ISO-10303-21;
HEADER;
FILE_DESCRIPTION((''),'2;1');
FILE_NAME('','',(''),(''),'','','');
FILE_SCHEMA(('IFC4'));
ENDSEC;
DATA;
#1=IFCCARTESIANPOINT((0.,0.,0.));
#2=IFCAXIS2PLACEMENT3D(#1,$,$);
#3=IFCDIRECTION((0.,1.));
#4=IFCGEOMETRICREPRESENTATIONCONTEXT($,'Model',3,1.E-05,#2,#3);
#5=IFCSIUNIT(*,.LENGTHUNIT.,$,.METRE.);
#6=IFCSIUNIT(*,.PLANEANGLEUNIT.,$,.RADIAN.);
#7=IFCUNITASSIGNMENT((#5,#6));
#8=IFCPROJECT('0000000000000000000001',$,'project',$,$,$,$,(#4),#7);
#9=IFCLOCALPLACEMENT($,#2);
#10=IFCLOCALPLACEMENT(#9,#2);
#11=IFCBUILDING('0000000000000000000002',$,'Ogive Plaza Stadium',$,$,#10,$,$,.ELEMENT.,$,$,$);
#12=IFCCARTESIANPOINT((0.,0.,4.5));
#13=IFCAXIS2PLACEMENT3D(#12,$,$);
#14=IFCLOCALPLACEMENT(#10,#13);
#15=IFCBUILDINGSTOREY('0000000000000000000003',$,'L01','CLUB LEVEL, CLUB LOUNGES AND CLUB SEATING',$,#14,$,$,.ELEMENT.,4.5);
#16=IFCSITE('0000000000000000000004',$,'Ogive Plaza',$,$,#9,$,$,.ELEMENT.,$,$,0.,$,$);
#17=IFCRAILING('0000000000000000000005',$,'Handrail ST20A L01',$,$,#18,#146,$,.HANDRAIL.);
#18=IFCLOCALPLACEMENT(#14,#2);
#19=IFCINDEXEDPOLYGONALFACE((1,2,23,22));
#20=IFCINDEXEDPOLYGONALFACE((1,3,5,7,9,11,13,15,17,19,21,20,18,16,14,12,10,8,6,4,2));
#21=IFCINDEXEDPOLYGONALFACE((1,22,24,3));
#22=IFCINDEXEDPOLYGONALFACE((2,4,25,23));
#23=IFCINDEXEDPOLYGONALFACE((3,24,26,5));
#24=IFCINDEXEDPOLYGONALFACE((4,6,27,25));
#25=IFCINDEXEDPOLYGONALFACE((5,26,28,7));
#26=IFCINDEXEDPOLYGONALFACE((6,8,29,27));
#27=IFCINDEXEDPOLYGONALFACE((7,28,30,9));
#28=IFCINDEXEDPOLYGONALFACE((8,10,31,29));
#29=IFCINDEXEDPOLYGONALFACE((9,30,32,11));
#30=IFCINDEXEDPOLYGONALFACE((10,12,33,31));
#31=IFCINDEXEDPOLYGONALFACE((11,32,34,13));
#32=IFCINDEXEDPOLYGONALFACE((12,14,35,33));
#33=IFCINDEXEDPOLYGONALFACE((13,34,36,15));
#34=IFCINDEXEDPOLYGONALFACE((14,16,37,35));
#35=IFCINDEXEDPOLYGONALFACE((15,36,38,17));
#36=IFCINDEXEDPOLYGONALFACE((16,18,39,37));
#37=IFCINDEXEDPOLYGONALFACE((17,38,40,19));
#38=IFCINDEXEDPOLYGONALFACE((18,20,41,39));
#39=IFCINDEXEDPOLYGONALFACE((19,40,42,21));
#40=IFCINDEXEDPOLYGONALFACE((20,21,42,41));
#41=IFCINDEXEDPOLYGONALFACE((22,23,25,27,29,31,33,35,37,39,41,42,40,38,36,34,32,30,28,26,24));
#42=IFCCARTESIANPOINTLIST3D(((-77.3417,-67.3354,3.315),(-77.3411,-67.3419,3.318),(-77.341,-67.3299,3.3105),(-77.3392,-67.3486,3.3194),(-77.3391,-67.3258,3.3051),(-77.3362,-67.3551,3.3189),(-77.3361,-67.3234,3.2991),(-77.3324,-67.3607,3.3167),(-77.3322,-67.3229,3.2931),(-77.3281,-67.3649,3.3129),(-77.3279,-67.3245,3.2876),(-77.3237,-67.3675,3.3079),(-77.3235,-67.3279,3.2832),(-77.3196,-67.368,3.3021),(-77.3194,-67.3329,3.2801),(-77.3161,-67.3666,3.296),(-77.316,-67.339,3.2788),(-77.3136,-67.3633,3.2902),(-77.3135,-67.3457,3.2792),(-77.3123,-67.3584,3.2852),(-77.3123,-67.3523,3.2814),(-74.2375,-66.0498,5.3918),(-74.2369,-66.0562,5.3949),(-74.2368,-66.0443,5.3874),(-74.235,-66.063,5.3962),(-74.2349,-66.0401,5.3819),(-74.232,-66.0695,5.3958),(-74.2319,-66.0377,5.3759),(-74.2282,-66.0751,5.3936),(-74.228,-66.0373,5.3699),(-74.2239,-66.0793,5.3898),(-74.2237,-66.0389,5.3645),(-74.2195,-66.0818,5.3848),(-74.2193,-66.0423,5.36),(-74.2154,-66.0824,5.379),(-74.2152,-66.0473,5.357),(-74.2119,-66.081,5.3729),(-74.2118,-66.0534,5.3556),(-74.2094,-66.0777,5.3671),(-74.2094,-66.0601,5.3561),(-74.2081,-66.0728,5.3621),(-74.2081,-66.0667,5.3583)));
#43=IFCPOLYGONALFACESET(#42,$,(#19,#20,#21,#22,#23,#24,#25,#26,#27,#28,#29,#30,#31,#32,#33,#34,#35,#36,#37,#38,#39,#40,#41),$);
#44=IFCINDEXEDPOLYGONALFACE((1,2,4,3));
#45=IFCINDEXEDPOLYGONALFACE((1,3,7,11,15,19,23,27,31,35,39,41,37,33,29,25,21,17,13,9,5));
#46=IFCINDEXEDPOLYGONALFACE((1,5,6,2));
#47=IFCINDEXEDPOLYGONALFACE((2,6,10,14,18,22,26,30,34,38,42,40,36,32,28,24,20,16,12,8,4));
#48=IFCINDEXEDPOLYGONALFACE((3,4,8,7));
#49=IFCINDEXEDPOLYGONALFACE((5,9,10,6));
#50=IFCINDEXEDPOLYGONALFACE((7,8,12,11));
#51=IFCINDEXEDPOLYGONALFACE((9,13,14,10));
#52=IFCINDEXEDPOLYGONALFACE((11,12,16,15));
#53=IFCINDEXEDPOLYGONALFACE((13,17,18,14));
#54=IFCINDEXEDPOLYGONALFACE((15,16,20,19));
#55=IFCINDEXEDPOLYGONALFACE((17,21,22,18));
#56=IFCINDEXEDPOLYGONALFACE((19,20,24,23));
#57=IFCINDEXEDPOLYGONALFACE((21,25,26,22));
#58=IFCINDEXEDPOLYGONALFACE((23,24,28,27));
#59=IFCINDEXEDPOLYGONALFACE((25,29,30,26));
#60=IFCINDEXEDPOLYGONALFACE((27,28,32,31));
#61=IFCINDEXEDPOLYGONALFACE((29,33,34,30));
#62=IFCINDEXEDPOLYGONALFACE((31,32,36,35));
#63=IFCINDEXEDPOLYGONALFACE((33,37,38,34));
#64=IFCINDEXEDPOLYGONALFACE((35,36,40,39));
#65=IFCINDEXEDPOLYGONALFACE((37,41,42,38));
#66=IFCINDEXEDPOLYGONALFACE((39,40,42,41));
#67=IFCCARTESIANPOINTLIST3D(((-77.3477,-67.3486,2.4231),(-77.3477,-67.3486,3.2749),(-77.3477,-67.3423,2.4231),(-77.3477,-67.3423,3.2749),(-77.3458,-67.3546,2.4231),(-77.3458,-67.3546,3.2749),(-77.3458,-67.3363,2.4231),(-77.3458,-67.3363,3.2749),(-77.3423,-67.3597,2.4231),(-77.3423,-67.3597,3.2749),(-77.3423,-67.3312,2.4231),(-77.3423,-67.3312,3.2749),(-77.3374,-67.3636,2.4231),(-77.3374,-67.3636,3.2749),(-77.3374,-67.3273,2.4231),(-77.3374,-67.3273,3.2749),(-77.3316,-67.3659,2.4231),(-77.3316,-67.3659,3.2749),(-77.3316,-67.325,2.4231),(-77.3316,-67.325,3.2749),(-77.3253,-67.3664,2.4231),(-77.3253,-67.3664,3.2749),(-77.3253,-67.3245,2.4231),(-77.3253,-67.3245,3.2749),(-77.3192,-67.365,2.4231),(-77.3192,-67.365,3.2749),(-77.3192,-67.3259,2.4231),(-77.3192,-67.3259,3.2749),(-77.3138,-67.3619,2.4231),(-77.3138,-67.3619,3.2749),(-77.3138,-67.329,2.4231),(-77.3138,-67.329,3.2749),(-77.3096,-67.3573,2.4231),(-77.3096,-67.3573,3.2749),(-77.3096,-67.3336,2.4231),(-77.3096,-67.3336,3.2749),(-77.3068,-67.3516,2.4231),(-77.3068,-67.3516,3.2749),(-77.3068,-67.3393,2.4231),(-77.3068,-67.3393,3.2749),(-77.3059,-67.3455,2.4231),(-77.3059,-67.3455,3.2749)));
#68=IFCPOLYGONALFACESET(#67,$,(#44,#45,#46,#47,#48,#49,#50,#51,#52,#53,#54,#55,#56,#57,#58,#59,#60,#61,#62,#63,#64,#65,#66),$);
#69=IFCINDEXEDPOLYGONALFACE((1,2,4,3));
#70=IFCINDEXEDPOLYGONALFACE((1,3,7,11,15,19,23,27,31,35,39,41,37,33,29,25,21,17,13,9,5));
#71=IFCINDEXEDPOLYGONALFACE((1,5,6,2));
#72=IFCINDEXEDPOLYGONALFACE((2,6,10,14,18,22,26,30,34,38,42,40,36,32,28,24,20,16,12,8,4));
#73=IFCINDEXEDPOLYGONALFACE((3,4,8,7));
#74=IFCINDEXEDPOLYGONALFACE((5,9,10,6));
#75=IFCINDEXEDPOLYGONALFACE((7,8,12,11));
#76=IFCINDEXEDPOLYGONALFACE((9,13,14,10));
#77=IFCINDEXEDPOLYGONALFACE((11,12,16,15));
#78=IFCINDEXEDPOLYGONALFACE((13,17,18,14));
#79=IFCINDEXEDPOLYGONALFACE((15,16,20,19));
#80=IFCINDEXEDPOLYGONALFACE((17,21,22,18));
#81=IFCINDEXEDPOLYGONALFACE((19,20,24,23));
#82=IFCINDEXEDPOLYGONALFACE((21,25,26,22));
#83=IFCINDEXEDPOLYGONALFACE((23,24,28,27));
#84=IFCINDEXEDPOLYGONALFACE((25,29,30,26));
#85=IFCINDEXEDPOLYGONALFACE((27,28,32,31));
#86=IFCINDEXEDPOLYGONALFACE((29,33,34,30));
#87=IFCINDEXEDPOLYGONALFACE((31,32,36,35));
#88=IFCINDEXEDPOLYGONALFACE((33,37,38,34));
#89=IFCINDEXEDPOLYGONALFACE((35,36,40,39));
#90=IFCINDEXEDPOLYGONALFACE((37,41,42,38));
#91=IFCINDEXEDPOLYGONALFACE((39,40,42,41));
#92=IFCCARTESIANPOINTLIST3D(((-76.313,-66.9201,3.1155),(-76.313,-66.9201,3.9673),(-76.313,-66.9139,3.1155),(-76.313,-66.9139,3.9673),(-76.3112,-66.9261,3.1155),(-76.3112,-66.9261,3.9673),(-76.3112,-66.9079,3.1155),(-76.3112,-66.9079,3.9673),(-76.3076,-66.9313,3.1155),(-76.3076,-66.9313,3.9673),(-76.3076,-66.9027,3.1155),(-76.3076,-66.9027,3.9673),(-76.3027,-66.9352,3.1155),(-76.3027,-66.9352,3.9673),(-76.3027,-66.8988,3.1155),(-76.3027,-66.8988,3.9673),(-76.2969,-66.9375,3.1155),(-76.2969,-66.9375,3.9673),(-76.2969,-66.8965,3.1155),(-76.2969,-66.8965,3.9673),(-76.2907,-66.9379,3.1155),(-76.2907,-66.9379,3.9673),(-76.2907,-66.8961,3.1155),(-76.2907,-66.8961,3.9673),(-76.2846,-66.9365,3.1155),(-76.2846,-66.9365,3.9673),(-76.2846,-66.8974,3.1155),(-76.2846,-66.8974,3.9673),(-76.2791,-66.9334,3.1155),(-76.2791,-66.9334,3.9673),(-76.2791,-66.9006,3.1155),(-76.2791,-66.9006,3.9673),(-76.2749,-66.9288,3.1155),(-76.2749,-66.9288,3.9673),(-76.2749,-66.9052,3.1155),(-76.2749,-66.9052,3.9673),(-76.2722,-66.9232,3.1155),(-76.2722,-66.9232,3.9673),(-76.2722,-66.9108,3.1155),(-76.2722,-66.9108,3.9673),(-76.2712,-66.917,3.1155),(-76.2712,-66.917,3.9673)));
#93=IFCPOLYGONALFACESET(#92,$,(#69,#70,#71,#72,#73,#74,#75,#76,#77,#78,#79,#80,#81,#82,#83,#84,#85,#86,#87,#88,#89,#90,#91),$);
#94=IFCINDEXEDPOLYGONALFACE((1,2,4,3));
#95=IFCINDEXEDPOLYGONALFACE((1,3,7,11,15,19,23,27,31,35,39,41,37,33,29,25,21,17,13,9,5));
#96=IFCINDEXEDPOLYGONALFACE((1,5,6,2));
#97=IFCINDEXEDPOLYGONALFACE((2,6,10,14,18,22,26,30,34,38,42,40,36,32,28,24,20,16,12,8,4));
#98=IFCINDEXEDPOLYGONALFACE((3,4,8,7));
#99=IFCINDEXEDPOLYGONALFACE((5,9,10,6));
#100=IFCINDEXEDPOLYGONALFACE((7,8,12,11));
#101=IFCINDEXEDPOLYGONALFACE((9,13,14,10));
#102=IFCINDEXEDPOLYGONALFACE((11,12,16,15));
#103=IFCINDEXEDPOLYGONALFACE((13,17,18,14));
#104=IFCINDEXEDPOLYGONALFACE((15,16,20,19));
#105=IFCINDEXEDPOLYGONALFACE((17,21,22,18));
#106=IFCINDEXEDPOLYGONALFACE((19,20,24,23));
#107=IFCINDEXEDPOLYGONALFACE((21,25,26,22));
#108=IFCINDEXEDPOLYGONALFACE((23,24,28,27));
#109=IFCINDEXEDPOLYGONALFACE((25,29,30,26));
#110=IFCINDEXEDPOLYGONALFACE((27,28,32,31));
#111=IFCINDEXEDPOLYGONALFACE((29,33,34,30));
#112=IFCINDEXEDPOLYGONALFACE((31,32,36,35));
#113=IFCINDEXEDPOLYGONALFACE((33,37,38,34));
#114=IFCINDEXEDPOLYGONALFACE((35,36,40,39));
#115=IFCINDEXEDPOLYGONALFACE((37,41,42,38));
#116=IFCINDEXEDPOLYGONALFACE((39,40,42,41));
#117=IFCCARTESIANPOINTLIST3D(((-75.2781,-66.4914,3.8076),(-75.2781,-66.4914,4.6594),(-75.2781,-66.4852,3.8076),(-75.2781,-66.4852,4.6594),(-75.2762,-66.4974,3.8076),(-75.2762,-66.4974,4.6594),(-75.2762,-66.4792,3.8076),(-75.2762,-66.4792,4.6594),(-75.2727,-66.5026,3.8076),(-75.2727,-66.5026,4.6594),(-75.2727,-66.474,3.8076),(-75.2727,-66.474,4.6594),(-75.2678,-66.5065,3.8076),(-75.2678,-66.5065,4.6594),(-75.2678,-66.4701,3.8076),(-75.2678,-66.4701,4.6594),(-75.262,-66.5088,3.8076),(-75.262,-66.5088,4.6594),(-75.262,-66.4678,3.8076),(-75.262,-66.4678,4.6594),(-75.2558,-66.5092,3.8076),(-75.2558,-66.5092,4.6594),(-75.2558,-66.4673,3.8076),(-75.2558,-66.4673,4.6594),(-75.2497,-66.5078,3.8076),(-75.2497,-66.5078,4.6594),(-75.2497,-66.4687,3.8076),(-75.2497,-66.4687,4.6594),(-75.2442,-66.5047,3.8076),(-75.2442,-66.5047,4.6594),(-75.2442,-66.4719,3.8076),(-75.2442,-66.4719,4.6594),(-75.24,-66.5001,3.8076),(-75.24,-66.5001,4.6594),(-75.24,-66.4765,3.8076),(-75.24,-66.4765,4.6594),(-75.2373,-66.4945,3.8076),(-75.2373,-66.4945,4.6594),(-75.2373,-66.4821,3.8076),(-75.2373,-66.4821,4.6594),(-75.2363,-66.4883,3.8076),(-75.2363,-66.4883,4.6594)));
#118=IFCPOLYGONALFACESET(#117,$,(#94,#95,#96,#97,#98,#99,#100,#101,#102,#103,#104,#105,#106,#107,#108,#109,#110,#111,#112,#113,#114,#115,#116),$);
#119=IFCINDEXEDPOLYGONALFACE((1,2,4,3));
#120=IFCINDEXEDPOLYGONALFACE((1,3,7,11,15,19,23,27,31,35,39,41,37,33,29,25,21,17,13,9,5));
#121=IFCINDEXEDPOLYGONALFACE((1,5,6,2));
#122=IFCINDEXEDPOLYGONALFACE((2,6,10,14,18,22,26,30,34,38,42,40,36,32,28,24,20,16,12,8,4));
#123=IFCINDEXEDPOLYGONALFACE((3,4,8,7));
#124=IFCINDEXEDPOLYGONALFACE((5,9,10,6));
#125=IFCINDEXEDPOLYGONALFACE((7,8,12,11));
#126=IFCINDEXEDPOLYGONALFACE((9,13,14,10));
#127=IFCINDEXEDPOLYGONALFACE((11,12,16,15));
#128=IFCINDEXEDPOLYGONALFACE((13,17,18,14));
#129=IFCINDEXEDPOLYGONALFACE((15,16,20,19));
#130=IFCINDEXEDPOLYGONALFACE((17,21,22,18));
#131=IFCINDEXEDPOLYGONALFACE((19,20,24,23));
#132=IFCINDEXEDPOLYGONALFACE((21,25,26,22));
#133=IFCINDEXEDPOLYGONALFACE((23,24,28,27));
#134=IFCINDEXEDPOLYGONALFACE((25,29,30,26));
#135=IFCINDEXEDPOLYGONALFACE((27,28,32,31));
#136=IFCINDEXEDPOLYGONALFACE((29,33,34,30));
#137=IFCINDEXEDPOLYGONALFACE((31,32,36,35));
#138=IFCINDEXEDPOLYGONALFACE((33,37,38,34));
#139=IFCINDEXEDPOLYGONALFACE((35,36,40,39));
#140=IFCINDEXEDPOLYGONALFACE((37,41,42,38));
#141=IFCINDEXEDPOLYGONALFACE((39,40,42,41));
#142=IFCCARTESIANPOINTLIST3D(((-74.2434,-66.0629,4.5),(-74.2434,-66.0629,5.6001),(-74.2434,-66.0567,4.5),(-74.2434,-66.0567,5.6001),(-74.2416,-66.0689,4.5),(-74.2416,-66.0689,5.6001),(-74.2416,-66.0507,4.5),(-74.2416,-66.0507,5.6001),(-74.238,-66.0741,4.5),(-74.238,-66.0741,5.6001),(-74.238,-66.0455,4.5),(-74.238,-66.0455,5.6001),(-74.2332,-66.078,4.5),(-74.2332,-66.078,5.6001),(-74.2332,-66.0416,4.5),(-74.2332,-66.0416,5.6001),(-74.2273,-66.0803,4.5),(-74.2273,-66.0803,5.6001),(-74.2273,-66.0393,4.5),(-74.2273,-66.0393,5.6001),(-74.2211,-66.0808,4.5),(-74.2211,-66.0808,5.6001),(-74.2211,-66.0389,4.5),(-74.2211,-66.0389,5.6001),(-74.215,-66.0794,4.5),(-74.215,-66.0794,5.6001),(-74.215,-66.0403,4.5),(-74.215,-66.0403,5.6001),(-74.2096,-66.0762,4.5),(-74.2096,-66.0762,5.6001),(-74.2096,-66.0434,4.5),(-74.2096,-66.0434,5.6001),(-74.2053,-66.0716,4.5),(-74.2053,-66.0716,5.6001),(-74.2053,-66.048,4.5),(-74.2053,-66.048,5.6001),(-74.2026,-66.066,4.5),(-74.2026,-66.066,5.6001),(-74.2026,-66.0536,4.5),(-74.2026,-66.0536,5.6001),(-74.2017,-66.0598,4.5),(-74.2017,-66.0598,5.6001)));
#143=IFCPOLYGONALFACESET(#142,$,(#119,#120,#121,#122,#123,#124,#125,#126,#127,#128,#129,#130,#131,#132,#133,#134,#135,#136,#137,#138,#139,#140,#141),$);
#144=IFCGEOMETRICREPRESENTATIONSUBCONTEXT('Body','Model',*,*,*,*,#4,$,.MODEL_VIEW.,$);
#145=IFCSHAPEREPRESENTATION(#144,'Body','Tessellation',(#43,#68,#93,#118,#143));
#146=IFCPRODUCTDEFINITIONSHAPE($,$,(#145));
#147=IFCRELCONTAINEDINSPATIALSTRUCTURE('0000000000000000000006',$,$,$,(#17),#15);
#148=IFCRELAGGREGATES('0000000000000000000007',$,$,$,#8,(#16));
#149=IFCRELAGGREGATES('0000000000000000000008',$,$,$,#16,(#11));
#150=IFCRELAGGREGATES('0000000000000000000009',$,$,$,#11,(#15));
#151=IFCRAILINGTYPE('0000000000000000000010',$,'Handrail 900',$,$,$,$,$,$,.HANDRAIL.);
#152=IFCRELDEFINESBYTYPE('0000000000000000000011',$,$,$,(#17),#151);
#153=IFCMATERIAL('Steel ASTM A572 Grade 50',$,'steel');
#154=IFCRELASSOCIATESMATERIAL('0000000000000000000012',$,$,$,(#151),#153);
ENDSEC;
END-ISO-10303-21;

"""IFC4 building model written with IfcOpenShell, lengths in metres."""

from ifc_helpers import new_model, si_unit, direction, frame, origin, origin_2d, place, context, subcontext, project, spatial, circle, extrude, material, type_object, element, save


model = new_model("IFC4")

# Units and contexts
model_context = context("Model", 3, precision=1e-05, world=origin(), true_north=direction((0.0, 1.0)))
body_context = subcontext(model_context, "Body", "Model", "MODEL_VIEW")
ifc_project = project(units=[si_unit("LENGTHUNIT", "METRE"), si_unit("PLANEANGLEUNIT", "RADIAN")], contexts=[model_context])

# Site, building, storey
site_placement = place(None, origin())
site = spatial("IfcSite", under=ifc_project, at=site_placement, Name="Ogive Plaza", CompositionType="ELEMENT", RefElevation=0.0)
building_placement = place(site_placement, origin())
building = spatial("IfcBuilding", under=site, at=building_placement, Name="Ogive Plaza Stadium", CompositionType="ELEMENT")
storey_placement = place(building_placement, frame((0.0, 0.0, 4.5)))
storey = spatial("IfcBuildingStorey", under=building, at=storey_placement, Name="L01", Description="CLUB LEVEL, CLUB LOUNGES AND CLUB SEATING", CompositionType="ELEMENT", Elevation=4.5)

# Railing
ifc_material_1 = material(Name="Steel ASTM A572 Grade 50", Category="steel")
railing_type_1 = type_object("IfcRailingType", Name="Handrail 900", PredefinedType="HANDRAIL", material=ifc_material_1)
railing_1_placement = place(storey_placement, frame((-77.3269, -67.3455, 2.4231)))
element("IfcRailing", 1, at=railing_1_placement, inside=storey, type_object=railing_type_1, Name="Handrail ST20A L01", PredefinedType="HANDRAIL", context=body_context, shape_type="SweptSolid", body=[
    extrude(circle(Radius=0.0239, at=origin_2d()), frame((0.0, 0.0, 0.876), z_axis=(0.785879, 0.325477, 0.525794), x_axis=(-0.382638, 0.923898, 0.0)), (0.0, 0.0, 1.0), 3.95),
    extrude(circle(Radius=0.021, at=origin_2d()), origin(), (0.0, 0.0, 1.0), 0.8518),
    extrude(circle(Radius=0.021, at=origin_2d()), frame((1.0347, 0.4285, 0.6924)), (0.0, 0.0, 1.0), 0.8518),
    extrude(circle(Radius=0.021, at=origin_2d()), frame((2.0696, 0.8572, 1.3845)), (0.0, 0.0, 1.0), 0.8518),
    extrude(circle(Radius=0.021, at=origin_2d()), frame((3.1042, 1.2856, 2.0769)), (0.0, 0.0, 1.0), 1.1001),
])

save(model, "model.ifc")
